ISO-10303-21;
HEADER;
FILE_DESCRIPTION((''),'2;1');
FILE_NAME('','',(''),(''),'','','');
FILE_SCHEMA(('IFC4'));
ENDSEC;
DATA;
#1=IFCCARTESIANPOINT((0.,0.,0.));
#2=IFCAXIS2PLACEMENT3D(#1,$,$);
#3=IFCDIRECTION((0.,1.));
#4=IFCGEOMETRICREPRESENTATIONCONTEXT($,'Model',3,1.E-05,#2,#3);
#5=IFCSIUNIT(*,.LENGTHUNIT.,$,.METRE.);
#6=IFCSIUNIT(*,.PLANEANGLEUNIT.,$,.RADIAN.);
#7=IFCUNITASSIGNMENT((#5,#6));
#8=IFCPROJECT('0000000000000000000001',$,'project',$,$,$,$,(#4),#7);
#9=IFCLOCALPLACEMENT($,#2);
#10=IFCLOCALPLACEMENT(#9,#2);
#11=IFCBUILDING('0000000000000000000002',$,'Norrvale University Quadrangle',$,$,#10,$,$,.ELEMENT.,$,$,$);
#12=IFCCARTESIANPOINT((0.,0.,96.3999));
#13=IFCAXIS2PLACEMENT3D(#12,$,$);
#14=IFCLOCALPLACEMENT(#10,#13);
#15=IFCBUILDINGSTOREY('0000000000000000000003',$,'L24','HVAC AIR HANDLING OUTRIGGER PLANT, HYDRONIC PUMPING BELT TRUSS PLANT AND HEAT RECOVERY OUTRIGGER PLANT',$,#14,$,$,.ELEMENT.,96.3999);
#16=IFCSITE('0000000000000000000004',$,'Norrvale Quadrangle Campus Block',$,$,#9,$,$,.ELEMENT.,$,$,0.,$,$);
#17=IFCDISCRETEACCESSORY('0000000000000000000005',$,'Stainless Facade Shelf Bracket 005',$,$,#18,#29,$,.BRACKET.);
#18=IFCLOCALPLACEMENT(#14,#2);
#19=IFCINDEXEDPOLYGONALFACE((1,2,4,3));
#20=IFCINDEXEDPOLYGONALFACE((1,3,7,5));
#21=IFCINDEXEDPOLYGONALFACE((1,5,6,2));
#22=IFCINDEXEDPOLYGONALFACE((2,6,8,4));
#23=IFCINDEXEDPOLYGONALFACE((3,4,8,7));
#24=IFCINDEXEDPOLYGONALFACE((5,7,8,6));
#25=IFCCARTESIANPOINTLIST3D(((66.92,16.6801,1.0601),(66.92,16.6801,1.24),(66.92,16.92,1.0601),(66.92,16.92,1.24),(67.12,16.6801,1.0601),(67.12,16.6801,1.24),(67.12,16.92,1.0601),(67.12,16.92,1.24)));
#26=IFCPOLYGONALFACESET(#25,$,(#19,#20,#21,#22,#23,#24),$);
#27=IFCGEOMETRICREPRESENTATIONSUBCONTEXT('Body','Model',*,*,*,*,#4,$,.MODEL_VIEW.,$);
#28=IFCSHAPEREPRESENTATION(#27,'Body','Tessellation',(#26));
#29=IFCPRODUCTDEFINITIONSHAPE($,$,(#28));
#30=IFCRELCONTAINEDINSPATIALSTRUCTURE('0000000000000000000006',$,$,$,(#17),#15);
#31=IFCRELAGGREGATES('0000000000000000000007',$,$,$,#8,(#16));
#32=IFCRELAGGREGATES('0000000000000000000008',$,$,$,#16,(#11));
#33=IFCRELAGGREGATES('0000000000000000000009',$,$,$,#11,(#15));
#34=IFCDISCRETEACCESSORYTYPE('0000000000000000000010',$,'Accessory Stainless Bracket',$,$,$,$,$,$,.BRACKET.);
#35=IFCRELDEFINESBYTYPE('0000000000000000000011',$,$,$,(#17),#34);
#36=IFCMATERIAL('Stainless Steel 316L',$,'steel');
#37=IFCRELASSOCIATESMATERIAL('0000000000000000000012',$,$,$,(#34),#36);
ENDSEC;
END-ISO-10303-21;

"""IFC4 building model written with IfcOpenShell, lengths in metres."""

from ifc_helpers import new_model, si_unit, direction, frame, origin, origin_2d, place, context, subcontext, project, spatial, rectangle, extrude, material, type_object, element, save


model = new_model("IFC4")

# Units and contexts
model_context = context("Model", 3, precision=1e-05, world=origin(), true_north=direction((0.0, 1.0)))
body_context = subcontext(model_context, "Body", "Model", "MODEL_VIEW")
ifc_project = project(units=[si_unit("LENGTHUNIT", "METRE"), si_unit("PLANEANGLEUNIT", "RADIAN")], contexts=[model_context])

# Site, building, storey
site_placement = place(None, origin())
site = spatial("IfcSite", under=ifc_project, at=site_placement, Name="Norrvale Quadrangle Campus Block", CompositionType="ELEMENT", RefElevation=0.0)
building_placement = place(site_placement, origin())
building = spatial("IfcBuilding", under=site, at=building_placement, Name="Norrvale University Quadrangle", CompositionType="ELEMENT")
storey_placement = place(building_placement, frame((0.0, 0.0, 96.3999)))
storey = spatial("IfcBuildingStorey", under=building, at=storey_placement, Name="L24", Description="HVAC AIR HANDLING OUTRIGGER PLANT, HYDRONIC PUMPING BELT TRUSS PLANT AND HEAT RECOVERY OUTRIGGER PLANT", CompositionType="ELEMENT", Elevation=96.3999)

# Discrete accessory
ifc_material_1 = material(Name="Stainless Steel 316L", Category="steel")
discrete_accessory_type = type_object("IfcDiscreteAccessoryType", Name="Accessory Stainless Bracket", PredefinedType="BRACKET", material=ifc_material_1)
for number, where, z_axis, x_axis, name in (
    (1, (67.02, 16.8, 1.0601), (0.0, 0.0, 1.0), (0.0, 1.0, 0.0), "Stainless Facade Shelf Bracket 005"),
):
    element("IfcDiscreteAccessory", number, at=place(storey_placement, frame(where, z_axis=z_axis, x_axis=x_axis)), inside=storey, type_object=discrete_accessory_type, Name=name, PredefinedType="BRACKET", context=body_context, shape_type="SweptSolid", body=[
        extrude(rectangle(XDim=0.24, YDim=0.2, at=origin_2d()), origin(), (0.0, 0.0, 1.0), 0.1799),
    ])

save(model, "model.ifc")
